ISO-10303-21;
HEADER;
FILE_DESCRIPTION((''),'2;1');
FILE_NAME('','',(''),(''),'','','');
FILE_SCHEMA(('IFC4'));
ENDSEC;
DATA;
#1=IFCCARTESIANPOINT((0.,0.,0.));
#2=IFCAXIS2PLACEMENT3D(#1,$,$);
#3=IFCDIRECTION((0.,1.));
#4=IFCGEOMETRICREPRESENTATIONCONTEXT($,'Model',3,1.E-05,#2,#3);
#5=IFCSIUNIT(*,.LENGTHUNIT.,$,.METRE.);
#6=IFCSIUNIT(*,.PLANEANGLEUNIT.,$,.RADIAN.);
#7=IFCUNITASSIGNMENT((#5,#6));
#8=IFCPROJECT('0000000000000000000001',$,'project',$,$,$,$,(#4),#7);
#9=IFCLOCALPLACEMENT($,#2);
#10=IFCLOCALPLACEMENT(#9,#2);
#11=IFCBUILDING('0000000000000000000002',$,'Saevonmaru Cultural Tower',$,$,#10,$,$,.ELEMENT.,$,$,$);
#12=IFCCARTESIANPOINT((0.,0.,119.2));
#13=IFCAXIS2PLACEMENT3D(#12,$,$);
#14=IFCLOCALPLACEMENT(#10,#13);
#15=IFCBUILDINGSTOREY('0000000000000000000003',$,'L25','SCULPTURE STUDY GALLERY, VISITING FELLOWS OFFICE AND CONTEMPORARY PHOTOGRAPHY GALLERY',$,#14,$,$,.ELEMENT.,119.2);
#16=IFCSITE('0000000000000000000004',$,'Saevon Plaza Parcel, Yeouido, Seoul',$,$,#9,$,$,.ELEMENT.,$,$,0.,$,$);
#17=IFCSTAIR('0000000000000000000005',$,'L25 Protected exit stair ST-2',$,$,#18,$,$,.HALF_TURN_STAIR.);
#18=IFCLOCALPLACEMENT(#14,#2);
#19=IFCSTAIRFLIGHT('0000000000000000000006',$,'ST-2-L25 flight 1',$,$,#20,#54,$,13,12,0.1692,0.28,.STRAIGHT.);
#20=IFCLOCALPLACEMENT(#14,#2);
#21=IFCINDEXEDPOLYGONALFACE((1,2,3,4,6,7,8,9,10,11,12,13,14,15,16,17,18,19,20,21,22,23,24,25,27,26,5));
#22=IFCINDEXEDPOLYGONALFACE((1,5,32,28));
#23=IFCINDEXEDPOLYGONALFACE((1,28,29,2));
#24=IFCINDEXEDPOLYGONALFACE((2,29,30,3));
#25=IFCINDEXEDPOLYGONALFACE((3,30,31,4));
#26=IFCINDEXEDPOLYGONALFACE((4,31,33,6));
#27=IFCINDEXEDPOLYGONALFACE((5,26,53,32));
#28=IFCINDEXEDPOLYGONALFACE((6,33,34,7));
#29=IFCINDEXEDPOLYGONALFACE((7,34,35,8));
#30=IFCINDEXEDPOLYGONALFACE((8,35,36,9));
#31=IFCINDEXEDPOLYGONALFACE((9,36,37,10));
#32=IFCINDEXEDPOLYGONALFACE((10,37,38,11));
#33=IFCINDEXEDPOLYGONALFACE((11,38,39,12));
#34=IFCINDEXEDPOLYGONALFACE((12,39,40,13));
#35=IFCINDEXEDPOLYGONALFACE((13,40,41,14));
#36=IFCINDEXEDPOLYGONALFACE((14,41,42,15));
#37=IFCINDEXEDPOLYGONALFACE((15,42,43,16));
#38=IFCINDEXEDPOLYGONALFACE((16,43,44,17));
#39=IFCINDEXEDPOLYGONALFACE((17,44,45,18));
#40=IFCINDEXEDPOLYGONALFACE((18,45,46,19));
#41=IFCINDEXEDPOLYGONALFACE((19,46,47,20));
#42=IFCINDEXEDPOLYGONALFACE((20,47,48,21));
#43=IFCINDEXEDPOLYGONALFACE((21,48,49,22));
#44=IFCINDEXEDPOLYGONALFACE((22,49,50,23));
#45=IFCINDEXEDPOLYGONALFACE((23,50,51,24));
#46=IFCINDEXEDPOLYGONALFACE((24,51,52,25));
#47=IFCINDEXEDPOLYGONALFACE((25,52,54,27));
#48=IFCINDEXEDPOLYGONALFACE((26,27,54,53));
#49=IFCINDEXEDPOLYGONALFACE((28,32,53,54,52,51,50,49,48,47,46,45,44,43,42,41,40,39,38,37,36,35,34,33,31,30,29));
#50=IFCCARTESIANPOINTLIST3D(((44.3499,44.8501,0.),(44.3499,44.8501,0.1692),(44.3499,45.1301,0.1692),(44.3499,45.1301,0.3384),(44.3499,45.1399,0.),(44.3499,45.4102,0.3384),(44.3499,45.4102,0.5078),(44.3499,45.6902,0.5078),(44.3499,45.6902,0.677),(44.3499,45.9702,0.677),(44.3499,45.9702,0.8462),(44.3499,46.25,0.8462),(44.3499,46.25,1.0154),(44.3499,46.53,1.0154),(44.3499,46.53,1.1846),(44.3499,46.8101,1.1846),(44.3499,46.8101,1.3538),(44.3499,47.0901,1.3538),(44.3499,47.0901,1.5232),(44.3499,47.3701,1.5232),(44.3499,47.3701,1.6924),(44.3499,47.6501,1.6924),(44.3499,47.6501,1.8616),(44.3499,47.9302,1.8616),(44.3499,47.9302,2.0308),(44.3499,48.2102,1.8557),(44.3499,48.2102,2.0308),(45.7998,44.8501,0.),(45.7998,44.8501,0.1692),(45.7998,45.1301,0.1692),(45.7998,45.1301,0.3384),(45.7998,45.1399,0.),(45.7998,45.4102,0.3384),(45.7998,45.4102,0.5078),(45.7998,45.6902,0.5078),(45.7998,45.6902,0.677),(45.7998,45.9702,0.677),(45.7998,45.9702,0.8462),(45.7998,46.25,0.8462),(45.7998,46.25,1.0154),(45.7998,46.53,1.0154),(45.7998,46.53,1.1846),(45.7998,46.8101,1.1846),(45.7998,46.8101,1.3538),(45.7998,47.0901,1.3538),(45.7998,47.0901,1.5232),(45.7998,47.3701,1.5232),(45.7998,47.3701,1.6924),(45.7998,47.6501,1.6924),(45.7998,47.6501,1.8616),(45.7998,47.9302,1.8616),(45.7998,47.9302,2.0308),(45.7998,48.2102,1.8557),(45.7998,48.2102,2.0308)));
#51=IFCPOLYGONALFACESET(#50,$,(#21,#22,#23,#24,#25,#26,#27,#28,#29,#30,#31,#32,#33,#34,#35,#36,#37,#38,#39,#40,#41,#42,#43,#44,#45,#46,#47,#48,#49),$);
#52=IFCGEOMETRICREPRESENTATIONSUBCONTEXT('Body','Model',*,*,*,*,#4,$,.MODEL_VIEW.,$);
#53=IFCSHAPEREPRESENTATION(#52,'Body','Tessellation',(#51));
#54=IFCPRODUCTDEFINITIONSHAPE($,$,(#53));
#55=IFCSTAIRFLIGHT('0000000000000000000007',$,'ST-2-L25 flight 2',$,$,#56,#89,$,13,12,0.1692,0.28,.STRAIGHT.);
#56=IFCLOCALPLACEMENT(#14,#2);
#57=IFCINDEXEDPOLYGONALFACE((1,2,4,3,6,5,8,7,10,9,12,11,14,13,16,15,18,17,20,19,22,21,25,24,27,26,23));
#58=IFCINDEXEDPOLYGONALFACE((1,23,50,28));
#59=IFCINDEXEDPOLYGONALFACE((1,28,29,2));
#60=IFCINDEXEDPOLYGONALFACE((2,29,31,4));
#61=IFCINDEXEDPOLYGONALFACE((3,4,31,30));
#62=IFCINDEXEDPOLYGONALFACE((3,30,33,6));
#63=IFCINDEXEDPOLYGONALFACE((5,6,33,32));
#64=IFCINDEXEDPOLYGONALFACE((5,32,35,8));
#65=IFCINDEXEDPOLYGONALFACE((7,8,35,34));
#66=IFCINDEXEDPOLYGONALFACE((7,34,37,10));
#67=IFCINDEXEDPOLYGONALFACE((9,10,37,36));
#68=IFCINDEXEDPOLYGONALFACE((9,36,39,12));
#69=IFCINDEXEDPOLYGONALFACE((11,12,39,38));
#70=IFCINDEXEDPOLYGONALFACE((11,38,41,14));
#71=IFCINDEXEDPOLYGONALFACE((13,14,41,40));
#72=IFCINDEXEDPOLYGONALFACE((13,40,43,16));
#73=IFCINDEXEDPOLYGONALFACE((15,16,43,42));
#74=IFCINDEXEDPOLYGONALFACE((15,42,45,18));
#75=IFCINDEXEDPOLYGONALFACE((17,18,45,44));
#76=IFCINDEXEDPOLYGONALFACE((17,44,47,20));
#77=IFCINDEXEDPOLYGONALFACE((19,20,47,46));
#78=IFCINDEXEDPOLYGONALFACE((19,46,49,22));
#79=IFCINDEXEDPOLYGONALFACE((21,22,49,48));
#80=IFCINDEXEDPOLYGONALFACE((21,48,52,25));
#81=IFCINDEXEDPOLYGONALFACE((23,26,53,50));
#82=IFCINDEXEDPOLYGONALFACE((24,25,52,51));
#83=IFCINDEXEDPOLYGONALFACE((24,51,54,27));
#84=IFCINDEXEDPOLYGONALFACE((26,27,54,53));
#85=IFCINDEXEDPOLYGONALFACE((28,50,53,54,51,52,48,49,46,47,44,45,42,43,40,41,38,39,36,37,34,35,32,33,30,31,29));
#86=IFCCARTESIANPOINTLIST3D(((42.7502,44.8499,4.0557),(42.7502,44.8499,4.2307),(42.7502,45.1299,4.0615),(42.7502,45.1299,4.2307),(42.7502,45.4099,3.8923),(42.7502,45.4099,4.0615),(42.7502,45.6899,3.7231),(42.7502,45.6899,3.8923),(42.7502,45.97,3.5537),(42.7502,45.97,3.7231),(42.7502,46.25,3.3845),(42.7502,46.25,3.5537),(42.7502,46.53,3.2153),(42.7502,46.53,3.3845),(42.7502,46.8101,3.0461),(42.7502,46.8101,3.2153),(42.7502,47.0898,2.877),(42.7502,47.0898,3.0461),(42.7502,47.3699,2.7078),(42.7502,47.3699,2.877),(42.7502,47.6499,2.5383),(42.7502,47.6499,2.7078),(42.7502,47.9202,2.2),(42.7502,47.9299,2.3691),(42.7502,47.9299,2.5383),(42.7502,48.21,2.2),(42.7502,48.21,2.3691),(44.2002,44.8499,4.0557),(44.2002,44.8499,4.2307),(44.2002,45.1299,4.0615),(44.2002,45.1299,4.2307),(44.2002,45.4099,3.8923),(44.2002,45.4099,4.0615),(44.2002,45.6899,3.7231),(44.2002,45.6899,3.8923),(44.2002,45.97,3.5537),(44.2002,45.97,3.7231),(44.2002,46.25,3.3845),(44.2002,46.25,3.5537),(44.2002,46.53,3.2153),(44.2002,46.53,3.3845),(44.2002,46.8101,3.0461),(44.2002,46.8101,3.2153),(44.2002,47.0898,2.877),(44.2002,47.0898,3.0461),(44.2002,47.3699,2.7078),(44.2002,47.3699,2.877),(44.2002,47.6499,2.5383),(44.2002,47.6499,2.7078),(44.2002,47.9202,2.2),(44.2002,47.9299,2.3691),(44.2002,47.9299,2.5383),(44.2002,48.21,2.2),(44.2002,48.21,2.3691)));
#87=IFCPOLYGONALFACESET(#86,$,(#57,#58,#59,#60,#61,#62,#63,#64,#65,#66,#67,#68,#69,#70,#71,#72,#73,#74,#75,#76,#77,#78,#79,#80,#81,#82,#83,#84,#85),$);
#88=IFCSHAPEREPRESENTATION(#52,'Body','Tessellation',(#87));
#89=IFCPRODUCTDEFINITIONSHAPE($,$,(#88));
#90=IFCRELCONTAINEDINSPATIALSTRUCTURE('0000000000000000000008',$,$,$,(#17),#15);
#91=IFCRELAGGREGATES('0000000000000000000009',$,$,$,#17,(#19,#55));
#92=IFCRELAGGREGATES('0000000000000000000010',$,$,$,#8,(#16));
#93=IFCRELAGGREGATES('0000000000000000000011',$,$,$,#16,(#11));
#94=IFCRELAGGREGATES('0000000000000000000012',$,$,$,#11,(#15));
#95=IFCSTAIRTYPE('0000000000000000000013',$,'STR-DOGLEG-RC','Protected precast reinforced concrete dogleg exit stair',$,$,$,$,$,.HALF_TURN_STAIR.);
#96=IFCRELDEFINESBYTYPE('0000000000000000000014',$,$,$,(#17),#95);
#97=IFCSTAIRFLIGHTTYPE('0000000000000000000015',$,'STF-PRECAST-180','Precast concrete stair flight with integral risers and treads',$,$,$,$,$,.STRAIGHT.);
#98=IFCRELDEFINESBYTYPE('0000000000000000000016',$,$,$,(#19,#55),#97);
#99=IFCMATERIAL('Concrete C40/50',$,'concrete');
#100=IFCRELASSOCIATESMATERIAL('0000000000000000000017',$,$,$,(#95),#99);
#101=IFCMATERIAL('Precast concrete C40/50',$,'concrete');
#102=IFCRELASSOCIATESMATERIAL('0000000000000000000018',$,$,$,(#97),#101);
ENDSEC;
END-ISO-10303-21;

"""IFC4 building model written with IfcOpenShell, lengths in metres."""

from ifc_helpers import new_model, si_unit, direction, frame, origin, place, context, subcontext, project, spatial, polyline, outline, extrude, material, type_object, element, aggregate, save


model = new_model("IFC4")

# Units and contexts
model_context = context("Model", 3, precision=1e-05, world=origin(), true_north=direction((0.0, 1.0)))
body_context = subcontext(model_context, "Body", "Model", "MODEL_VIEW")
ifc_project = project(units=[si_unit("LENGTHUNIT", "METRE"), si_unit("PLANEANGLEUNIT", "RADIAN")], contexts=[model_context])

# Site, building, storey
site_placement = place(None, origin())
site = spatial("IfcSite", under=ifc_project, at=site_placement, Name="Saevon Plaza Parcel, Yeouido, Seoul", CompositionType="ELEMENT", RefElevation=0.0)
building_placement = place(site_placement, origin())
building = spatial("IfcBuilding", under=site, at=building_placement, Name="Saevonmaru Cultural Tower", CompositionType="ELEMENT")
storey_placement = place(building_placement, frame((0.0, 0.0, 119.2)))
storey = spatial("IfcBuildingStorey", under=building, at=storey_placement, Name="L25", Description="SCULPTURE STUDY GALLERY, VISITING FELLOWS OFFICE AND CONTEMPORARY PHOTOGRAPHY GALLERY", CompositionType="ELEMENT", Elevation=119.2)

# Stair, stair flights
ifc_material_1 = material(Name="Concrete C40/50", Category="concrete")
stair_type = type_object("IfcStairType", Name="STR-DOGLEG-RC", Description="Protected precast reinforced concrete dogleg exit stair", PredefinedType="HALF_TURN_STAIR", material=ifc_material_1)
stair_placement = place(storey_placement, origin())
stair = element("IfcStair", 1, at=stair_placement, inside=storey, type_object=stair_type, Name="L25 Protected exit stair ST-2", PredefinedType="HALF_TURN_STAIR")
ifc_material_2 = material(Name="Precast concrete C40/50", Category="concrete")
stair_flight_type = type_object("IfcStairFlightType", Name="STF-PRECAST-180", Description="Precast concrete stair flight with integral risers and treads", PredefinedType="STRAIGHT", material=ifc_material_2)
stair_flight_1_placement = place(storey_placement, frame((45.075, 44.8501, 0.0), z_axis=(0.0, 0.0, 1.0), x_axis=(0.0, 1.0, 0.0)))
stair_flight_1 = element("IfcStairFlight", 2, at=stair_flight_1_placement, type_object=stair_flight_type, Name="ST-2-L25 flight 1", NumberOfRisers=13, NumberOfTreads=12, PredefinedType="STRAIGHT", RiserHeight=0.1692, TreadLength=0.28, context=body_context, shape_type="SweptSolid", body=[
    extrude(outline(polyline([(0.0, 0.0), (0.0, 0.1692), (0.28, 0.1692), (0.28, 0.3384), (0.5601, 0.3384), (0.5601, 0.5078), (0.8401, 0.5078), (0.8401, 0.677), (1.1201, 0.677), (1.1201, 0.8462), (1.3999, 0.8462), (1.3999, 1.0154), (1.6799, 1.0154), (1.6799, 1.1846), (1.96, 1.1846), (1.96, 1.3538), (2.24, 1.3538), (2.24, 1.5232), (2.52, 1.5232), (2.52, 1.6924), (2.8, 1.6924), (2.8, 1.8616), (3.0801, 1.8616), (3.0801, 2.0308), (3.3601, 2.0308), (3.3601, 2.2), (3.3601, 1.8557), (0.2898, 0.0), (0.0, 0.0)])), frame((0.0, 0.7251, 0.0), z_axis=(0.0, -1.0, 0.0), x_axis=(1.0, 0.0, 0.0)), (0.0, 0.0, 1.0), 1.45),
])
stair_flight_2_placement = place(storey_placement, frame((43.4751, 48.21, 2.2), z_axis=(0.0, 0.0, 1.0), x_axis=(0.0, -1.0, 0.0)))
stair_flight_2 = element("IfcStairFlight", 3, at=stair_flight_2_placement, type_object=stair_flight_type, Name="ST-2-L25 flight 2", NumberOfRisers=13, NumberOfTreads=12, PredefinedType="STRAIGHT", RiserHeight=0.1692, TreadLength=0.28, context=body_context, shape_type="SweptSolid", body=[
    extrude(outline(polyline([(0.0, 0.0), (0.0, 0.1692), (0.28, 0.1692), (0.28, 0.3384), (0.5601, 0.3384), (0.5601, 0.5078), (0.8401, 0.5078), (0.8401, 0.677), (1.1201, 0.677), (1.1201, 0.8462), (1.3999, 0.8462), (1.3999, 1.0154), (1.6799, 1.0154), (1.6799, 1.1846), (1.96, 1.1846), (1.96, 1.3538), (2.24, 1.3538), (2.24, 1.5232), (2.52, 1.5232), (2.52, 1.6924), (2.8, 1.6924), (2.8, 1.8616), (3.0801, 1.8616), (3.0801, 2.0308), (3.3601, 2.0308), (3.3601, 2.2), (3.3601, 1.8557), (0.2898, 0.0), (0.0, 0.0)])), frame((0.0, 0.7251, 0.0), z_axis=(0.0, -1.0, 0.0), x_axis=(1.0, 0.0, 0.0)), (0.0, 0.0, 1.0), 1.45),
])
aggregate(stair, [stair_flight_1, stair_flight_2])

save(model, "model.ifc")
